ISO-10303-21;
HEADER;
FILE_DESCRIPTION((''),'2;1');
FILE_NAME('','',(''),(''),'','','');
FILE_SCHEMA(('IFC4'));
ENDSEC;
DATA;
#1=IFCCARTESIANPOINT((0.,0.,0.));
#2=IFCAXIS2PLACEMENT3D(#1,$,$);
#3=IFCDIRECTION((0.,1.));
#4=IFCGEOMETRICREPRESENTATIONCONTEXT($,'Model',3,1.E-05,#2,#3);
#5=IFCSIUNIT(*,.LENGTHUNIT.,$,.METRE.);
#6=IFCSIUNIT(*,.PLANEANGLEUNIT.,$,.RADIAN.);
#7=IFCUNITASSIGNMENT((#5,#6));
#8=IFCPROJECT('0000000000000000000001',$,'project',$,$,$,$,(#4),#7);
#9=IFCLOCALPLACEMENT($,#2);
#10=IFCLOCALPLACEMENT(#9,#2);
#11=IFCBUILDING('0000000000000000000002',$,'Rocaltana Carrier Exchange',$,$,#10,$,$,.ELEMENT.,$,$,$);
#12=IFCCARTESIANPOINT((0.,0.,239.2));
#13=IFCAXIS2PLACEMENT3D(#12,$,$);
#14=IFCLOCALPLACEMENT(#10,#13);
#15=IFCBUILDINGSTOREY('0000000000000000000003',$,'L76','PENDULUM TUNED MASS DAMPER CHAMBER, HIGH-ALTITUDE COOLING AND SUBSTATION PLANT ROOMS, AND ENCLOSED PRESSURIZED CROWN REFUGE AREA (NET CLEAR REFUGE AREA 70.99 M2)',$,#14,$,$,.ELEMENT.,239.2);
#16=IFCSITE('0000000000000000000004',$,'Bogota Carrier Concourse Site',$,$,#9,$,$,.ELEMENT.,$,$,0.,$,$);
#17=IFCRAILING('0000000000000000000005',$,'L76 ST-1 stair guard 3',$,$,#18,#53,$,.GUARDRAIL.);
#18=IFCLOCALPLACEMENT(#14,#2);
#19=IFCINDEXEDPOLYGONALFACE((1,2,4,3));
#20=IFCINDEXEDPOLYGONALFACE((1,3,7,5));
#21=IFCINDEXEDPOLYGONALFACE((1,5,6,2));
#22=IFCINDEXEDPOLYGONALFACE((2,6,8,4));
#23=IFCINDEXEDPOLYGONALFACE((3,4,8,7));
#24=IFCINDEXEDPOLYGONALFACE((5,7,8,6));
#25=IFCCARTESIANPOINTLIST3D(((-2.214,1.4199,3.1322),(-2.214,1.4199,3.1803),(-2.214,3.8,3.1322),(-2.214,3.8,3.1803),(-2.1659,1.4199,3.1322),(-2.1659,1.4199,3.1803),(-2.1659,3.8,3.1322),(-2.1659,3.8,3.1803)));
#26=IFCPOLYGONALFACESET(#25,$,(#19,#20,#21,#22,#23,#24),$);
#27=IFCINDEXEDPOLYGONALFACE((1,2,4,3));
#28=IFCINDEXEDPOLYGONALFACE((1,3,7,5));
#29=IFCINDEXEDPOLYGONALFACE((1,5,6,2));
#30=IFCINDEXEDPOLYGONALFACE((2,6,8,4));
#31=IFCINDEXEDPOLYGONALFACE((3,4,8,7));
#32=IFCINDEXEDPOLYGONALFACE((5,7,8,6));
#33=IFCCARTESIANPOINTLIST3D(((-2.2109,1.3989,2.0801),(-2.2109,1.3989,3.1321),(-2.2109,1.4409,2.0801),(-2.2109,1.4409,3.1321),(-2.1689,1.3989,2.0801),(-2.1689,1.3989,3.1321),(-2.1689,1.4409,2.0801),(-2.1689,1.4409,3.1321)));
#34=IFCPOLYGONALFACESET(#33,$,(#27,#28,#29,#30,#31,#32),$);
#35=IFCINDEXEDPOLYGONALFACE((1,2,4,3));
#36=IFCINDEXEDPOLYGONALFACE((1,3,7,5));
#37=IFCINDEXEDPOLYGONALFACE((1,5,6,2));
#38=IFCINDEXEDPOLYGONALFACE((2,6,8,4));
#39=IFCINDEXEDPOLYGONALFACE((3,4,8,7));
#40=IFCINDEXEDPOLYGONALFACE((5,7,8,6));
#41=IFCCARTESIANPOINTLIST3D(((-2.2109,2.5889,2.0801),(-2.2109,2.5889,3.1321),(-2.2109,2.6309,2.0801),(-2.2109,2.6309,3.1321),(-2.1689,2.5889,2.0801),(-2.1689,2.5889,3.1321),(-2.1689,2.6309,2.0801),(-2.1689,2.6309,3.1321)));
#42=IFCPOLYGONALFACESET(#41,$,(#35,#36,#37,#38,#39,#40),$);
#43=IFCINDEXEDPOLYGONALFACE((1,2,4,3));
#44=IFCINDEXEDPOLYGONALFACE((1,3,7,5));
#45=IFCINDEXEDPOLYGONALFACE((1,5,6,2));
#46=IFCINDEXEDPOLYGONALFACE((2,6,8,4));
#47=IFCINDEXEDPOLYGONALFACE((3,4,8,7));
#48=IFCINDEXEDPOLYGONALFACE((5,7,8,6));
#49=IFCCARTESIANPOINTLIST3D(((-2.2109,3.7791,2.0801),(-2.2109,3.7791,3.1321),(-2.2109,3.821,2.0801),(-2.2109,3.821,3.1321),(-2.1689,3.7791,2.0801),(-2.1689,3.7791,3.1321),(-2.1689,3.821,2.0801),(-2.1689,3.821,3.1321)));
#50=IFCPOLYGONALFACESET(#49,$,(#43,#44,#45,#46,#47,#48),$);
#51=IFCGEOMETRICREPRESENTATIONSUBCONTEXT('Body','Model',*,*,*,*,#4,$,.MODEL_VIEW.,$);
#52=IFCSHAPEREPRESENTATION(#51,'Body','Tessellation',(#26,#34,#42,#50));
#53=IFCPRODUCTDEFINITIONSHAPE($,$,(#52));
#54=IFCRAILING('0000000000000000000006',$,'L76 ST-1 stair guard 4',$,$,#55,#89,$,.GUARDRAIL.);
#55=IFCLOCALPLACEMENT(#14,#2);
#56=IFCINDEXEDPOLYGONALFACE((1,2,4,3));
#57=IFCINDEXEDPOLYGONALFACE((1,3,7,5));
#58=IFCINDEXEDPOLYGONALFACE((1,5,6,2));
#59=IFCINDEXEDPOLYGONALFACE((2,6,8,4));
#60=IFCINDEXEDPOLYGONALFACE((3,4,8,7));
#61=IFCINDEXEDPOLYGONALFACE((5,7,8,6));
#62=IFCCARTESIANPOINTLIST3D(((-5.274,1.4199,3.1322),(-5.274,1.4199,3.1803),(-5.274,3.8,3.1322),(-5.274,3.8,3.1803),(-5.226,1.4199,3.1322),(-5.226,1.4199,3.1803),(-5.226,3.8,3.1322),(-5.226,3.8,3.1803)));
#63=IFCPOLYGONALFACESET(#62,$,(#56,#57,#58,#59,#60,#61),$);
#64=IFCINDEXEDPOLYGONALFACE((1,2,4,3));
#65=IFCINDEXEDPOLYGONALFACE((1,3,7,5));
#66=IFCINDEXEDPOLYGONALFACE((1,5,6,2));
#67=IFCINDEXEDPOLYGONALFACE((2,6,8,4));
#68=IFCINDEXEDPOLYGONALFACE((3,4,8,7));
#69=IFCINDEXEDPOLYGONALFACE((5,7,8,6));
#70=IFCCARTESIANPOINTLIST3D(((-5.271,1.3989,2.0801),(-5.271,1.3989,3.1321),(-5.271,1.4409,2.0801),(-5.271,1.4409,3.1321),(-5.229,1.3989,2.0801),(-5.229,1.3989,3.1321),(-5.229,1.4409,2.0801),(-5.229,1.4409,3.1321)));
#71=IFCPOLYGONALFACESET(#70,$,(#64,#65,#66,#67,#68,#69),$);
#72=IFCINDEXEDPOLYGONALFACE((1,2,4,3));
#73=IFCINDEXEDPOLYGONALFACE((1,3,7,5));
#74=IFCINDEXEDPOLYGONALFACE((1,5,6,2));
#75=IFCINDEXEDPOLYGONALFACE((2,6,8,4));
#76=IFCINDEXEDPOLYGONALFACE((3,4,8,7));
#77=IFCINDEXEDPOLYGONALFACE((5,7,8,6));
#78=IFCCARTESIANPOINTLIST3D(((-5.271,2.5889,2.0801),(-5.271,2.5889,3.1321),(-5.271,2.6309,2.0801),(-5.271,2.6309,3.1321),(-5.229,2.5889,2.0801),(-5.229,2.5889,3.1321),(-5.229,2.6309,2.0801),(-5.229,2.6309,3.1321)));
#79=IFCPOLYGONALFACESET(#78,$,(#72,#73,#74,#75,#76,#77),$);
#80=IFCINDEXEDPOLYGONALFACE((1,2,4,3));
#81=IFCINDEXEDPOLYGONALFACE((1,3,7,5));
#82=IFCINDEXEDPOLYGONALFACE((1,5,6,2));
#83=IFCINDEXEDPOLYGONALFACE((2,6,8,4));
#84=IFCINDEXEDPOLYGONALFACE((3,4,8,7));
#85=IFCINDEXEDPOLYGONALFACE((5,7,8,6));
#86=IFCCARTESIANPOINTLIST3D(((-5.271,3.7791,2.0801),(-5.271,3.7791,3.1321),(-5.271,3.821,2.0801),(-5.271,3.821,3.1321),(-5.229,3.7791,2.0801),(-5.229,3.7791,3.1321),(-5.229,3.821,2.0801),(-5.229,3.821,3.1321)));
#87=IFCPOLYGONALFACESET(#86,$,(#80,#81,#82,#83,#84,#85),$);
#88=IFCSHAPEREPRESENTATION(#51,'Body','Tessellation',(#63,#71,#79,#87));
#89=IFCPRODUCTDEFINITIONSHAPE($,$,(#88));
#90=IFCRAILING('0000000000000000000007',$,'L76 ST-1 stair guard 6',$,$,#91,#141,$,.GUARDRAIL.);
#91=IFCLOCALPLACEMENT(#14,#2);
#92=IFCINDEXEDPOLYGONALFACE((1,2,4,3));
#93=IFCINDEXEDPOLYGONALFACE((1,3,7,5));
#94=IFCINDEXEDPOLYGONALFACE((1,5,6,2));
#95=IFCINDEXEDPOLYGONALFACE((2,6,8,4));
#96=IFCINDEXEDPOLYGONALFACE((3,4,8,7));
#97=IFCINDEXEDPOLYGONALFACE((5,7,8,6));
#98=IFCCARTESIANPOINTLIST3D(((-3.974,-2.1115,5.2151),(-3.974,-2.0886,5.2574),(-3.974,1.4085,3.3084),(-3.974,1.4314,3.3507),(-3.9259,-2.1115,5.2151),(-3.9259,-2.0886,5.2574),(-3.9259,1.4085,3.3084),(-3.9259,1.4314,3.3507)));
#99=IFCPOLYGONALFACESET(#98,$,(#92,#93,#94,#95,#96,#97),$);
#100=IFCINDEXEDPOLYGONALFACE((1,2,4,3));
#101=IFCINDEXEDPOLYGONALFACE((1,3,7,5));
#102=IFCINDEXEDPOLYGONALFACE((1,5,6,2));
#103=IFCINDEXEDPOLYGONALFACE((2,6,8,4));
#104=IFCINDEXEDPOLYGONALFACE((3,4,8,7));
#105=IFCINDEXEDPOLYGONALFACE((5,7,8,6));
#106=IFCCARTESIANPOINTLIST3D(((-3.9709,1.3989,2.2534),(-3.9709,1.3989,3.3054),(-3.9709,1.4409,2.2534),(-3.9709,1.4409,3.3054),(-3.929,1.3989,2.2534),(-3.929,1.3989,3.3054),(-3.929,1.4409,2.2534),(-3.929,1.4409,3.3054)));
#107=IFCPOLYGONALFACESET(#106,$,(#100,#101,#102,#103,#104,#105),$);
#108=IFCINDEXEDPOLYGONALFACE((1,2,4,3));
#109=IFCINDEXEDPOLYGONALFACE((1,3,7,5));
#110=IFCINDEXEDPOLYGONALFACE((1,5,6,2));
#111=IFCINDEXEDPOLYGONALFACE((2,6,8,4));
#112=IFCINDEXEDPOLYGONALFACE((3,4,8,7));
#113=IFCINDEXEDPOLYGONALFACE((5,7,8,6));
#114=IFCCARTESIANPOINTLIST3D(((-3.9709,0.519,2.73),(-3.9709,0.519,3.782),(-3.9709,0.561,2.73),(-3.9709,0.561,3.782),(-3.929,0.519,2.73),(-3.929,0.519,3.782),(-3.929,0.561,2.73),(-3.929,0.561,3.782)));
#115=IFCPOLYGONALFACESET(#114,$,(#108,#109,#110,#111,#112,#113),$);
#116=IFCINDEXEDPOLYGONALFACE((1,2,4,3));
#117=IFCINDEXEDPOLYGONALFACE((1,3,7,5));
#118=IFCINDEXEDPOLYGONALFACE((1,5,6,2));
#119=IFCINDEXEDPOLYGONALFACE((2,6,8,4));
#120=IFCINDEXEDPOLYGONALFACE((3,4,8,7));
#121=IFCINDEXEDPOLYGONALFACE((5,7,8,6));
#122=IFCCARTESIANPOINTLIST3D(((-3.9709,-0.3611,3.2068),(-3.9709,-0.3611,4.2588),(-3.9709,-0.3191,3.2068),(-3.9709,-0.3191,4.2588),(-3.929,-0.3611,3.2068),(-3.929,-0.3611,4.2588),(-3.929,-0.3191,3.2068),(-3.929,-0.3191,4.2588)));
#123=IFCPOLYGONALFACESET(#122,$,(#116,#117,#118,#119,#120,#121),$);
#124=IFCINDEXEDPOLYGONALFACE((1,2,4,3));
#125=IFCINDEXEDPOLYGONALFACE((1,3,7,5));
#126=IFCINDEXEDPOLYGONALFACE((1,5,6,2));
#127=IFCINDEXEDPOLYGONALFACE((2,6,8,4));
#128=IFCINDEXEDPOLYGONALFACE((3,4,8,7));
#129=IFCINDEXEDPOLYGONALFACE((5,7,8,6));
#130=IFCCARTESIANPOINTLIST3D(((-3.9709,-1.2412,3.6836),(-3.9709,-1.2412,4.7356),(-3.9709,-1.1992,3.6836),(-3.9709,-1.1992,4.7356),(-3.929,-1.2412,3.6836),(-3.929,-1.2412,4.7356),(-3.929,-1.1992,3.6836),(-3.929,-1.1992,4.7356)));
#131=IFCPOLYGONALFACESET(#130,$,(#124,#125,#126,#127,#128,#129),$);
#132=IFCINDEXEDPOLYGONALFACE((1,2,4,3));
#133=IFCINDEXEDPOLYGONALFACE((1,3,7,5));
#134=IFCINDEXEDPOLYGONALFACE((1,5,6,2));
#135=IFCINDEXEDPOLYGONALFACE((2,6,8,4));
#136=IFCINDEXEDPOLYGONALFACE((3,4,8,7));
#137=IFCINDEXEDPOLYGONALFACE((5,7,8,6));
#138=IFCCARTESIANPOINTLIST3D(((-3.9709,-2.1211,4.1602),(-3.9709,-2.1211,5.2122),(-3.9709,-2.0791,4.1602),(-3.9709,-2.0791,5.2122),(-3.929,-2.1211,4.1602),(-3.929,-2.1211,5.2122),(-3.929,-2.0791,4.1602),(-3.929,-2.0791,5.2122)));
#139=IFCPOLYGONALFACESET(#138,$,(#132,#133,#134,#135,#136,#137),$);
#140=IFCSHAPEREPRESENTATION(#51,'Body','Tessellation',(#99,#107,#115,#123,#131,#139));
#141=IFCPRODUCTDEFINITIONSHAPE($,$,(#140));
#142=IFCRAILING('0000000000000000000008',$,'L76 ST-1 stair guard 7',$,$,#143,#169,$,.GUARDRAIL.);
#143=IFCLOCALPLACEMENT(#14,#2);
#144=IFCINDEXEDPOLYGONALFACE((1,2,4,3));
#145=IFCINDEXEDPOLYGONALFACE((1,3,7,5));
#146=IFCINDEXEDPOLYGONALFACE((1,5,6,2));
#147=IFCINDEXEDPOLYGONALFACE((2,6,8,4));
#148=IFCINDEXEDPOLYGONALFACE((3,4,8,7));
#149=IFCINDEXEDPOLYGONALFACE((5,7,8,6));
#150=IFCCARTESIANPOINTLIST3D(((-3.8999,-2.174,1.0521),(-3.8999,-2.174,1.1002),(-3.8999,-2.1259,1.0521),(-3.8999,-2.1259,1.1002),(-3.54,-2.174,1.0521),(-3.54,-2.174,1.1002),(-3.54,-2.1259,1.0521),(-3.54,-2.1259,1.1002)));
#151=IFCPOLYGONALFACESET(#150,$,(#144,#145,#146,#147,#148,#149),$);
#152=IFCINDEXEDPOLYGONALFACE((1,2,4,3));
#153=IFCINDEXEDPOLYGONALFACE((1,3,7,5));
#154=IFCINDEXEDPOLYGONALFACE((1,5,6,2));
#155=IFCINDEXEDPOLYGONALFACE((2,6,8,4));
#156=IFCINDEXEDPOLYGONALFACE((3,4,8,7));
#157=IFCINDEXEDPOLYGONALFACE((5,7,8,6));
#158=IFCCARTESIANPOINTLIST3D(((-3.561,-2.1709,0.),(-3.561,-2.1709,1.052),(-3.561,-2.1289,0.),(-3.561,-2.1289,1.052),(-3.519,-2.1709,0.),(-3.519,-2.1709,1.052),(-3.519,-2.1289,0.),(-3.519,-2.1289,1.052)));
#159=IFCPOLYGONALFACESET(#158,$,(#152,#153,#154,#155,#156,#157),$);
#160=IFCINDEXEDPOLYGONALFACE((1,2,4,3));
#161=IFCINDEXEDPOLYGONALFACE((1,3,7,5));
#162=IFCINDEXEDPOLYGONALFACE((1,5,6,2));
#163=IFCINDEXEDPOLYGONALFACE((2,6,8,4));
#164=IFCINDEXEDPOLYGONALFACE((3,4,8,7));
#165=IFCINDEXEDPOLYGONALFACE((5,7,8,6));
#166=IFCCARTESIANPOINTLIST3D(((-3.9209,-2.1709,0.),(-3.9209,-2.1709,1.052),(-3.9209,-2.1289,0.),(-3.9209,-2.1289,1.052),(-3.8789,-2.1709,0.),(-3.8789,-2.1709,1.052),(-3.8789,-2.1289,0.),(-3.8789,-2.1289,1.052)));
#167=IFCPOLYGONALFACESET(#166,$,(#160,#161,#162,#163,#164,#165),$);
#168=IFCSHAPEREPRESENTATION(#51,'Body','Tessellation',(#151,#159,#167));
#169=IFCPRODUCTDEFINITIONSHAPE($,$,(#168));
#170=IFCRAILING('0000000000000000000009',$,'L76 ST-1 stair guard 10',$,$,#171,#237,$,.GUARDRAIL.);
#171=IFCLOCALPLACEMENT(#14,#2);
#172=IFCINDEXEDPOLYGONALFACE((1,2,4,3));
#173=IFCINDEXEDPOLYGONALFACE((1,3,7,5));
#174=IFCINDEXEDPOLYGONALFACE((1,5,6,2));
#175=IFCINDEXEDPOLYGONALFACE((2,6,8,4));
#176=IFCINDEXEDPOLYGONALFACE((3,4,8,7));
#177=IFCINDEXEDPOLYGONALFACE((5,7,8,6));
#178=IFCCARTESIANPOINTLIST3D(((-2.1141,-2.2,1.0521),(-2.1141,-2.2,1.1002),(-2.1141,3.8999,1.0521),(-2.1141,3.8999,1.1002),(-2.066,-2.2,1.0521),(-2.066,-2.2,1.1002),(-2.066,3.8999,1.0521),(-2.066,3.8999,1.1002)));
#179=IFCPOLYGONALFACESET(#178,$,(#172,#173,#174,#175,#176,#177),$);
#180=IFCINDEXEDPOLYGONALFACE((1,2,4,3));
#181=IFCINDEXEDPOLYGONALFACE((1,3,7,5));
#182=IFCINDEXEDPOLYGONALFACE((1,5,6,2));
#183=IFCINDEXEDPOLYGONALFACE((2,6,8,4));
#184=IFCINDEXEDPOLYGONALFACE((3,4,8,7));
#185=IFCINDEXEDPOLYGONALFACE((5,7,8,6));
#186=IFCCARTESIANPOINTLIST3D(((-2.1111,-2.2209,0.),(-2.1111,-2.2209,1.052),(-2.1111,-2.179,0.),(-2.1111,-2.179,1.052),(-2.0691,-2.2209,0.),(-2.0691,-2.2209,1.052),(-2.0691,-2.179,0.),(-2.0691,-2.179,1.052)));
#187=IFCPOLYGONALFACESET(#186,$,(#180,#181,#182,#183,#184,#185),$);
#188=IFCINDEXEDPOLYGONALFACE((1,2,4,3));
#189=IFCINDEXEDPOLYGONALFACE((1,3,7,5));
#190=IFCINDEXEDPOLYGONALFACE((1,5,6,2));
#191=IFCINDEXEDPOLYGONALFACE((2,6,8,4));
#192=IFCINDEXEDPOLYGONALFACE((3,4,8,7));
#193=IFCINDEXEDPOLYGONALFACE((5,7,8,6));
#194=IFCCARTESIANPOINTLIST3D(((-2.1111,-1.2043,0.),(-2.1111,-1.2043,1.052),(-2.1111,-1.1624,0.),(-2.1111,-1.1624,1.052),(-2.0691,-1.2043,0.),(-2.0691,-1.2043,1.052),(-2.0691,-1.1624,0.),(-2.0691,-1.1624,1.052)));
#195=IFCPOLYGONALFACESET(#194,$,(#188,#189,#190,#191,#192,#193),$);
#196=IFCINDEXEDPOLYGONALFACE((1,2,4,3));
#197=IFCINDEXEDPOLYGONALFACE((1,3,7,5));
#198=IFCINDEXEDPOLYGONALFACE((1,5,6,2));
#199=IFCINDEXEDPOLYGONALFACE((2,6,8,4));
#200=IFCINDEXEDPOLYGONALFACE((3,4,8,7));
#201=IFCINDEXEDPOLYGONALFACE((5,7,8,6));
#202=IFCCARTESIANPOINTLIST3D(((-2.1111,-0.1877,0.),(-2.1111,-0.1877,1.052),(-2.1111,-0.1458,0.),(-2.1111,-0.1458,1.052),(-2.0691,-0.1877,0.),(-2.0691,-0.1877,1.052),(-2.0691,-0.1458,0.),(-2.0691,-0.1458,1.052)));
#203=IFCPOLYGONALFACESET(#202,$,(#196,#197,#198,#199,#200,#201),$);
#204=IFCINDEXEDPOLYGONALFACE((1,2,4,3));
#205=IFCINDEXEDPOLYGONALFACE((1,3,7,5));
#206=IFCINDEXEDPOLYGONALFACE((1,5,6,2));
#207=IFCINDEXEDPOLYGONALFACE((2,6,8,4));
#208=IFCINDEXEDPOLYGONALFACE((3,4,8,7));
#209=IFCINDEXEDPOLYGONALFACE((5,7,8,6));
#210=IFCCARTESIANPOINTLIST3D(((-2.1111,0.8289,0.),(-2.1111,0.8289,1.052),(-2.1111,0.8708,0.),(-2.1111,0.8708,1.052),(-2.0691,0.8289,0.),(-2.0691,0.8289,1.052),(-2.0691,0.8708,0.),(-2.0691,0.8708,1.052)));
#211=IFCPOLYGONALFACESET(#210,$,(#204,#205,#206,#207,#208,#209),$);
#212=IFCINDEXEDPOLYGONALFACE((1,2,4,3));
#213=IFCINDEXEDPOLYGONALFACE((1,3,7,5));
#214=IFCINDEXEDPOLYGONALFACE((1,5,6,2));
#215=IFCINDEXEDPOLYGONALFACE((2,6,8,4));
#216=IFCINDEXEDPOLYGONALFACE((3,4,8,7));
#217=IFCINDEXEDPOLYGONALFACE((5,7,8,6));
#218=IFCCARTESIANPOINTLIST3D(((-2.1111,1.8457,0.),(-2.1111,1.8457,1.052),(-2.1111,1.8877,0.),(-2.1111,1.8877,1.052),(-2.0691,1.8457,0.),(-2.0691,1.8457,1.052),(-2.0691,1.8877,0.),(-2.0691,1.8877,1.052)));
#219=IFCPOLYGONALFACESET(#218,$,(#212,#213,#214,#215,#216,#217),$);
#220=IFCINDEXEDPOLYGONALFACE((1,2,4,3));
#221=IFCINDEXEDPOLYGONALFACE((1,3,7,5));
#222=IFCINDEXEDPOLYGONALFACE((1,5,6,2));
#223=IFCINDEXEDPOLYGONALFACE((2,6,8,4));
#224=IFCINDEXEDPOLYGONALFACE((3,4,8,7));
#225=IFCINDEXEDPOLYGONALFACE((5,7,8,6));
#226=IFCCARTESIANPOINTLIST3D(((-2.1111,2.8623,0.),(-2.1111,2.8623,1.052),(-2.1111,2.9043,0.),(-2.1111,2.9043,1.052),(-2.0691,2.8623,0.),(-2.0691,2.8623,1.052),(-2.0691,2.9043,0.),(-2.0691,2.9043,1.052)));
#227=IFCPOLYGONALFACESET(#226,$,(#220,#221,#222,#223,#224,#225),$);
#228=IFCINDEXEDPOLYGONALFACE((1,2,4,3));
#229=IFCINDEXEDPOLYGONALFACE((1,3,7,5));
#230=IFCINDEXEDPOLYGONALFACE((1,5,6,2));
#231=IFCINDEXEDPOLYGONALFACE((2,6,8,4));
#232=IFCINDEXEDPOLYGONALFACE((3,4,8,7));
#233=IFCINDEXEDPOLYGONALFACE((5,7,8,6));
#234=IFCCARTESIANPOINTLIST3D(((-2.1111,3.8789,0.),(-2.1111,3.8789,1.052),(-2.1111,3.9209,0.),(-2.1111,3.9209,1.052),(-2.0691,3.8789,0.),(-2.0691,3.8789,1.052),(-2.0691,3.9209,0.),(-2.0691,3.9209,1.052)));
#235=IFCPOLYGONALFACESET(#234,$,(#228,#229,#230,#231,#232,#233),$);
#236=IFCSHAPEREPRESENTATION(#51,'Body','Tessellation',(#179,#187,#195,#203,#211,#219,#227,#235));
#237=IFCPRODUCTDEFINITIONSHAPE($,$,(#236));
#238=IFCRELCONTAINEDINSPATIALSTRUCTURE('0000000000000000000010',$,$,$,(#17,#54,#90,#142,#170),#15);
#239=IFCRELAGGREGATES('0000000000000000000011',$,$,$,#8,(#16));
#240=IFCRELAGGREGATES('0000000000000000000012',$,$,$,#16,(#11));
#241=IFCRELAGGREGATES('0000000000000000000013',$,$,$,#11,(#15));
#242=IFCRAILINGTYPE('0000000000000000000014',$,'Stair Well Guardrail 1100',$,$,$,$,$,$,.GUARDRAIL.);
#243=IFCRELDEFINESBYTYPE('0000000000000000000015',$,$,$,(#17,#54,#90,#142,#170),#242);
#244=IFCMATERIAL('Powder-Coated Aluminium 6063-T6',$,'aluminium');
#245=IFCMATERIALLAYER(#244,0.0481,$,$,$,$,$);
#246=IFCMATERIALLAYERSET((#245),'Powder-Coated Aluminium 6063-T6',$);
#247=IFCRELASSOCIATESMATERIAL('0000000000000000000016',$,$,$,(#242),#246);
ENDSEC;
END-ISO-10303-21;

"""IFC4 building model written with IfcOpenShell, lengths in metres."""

from ifc_helpers import new_model, si_unit, direction, frame, origin, origin_2d, place, context, subcontext, project, spatial, rectangle, extrude, material, layer, layer_set, type_object, element, save


model = new_model("IFC4")

# Units and contexts
model_context = context("Model", 3, precision=1e-05, world=origin(), true_north=direction((0.0, 1.0)))
body_context = subcontext(model_context, "Body", "Model", "MODEL_VIEW")
ifc_project = project(units=[si_unit("LENGTHUNIT", "METRE"), si_unit("PLANEANGLEUNIT", "RADIAN")], contexts=[model_context])

# Site, building, storey
site_placement = place(None, origin())
site = spatial("IfcSite", under=ifc_project, at=site_placement, Name="Bogota Carrier Concourse Site", CompositionType="ELEMENT", RefElevation=0.0)
building_placement = place(site_placement, origin())
building = spatial("IfcBuilding", under=site, at=building_placement, Name="Rocaltana Carrier Exchange", CompositionType="ELEMENT")
storey_placement = place(building_placement, frame((0.0, 0.0, 239.2)))
storey = spatial("IfcBuildingStorey", under=building, at=storey_placement, Name="L76", Description="PENDULUM TUNED MASS DAMPER CHAMBER, HIGH-ALTITUDE COOLING AND SUBSTATION PLANT ROOMS, AND ENCLOSED PRESSURIZED CROWN REFUGE AREA (NET CLEAR REFUGE AREA 70.99 M2)", CompositionType="ELEMENT", Elevation=239.2)

# Railings
ifc_material_1 = material(Name="Powder-Coated Aluminium 6063-T6", Category="aluminium")
ifc_layer_1 = layer(ifc_material_1, 0.0481)
ifc_layer_set_1 = layer_set([ifc_layer_1], Name="Powder-Coated Aluminium 6063-T6")
railing_type_1 = type_object("IfcRailingType", Name="Stair Well Guardrail 1100", PredefinedType="GUARDRAIL", material=ifc_layer_set_1)
for number, where, name in (
    (1, (-2.1899, 1.4199, 2.0801), "L76 ST-1 stair guard 3"),
    (2, (-5.25, 1.4199, 2.0801), "L76 ST-1 stair guard 4"),
):
    element("IfcRailing", number, at=place(storey_placement, frame(where)), inside=storey, type_object=railing_type_1, Name=name, PredefinedType="GUARDRAIL", context=body_context, shape_type="SweptSolid", body=[
        extrude(rectangle(XDim=0.0481, YDim=0.0481, at=origin_2d()), frame((0.0, 0.0, 1.0762), z_axis=(0.0, 1.0, 0.0), x_axis=(-1.0, 0.0, 0.0)), (0.0, 0.0, 1.0), 2.3801),
        extrude(rectangle(XDim=0.042, YDim=0.042, at=origin_2d()), origin(), (0.0, 0.0, 1.0), 1.052),
        extrude(rectangle(XDim=0.042, YDim=0.042, at=origin_2d()), frame((0.0, 1.1899, 0.0)), (0.0, 0.0, 1.0), 1.052),
        extrude(rectangle(XDim=0.042, YDim=0.042, at=origin_2d()), frame((0.0, 2.3801, 0.0)), (0.0, 0.0, 1.0), 1.052),
    ])
railing_1_placement = place(storey_placement, frame((-3.95, 1.4199, 2.2534)))
element("IfcRailing", 3, at=railing_1_placement, inside=storey, type_object=railing_type_1, Name="L76 ST-1 stair guard 6", PredefinedType="GUARDRAIL", context=body_context, shape_type="SweptSolid", body=[
    extrude(rectangle(XDim=0.0481, YDim=0.0481, at=origin_2d()), frame((0.0, 0.0, 1.0762), z_axis=(0.0, -0.879286, 0.476295), x_axis=(1.0, 0.0, 0.0)), (0.0, 0.0, 1.0), 4.0032),
    extrude(rectangle(XDim=0.042, YDim=0.042, at=origin_2d()), origin(), (0.0, 0.0, 1.0), 1.052),
    extrude(rectangle(XDim=0.042, YDim=0.042, at=origin_2d()), frame((0.0, -0.8799, 0.4766)), (0.0, 0.0, 1.0), 1.052),
    extrude(rectangle(XDim=0.042, YDim=0.042, at=origin_2d()), frame((0.0, -1.76, 0.9534)), (0.0, 0.0, 1.0), 1.052),
    extrude(rectangle(XDim=0.042, YDim=0.042, at=origin_2d()), frame((0.0, -2.6401, 1.4302)), (0.0, 0.0, 1.0), 1.052),
    extrude(rectangle(XDim=0.042, YDim=0.042, at=origin_2d()), frame((0.0, -3.52, 1.9067)), (0.0, 0.0, 1.0), 1.052),
])
railing_2_placement = place(storey_placement, frame((-3.54, -2.1499, 0.0)))
element("IfcRailing", 4, at=railing_2_placement, inside=storey, type_object=railing_type_1, Name="L76 ST-1 stair guard 7", PredefinedType="GUARDRAIL", context=body_context, shape_type="SweptSolid", body=[
    extrude(rectangle(XDim=0.0481, YDim=0.0481, at=origin_2d()), frame((0.0, 0.0, 1.0762), z_axis=(-1.0, 0.0, 0.0), x_axis=(0.0, -1.0, 0.0)), (0.0, 0.0, 1.0), 0.3599),
    extrude(rectangle(XDim=0.042, YDim=0.042, at=origin_2d()), origin(), (0.0, 0.0, 1.0), 1.052),
    extrude(rectangle(XDim=0.042, YDim=0.042, at=origin_2d()), frame((-0.3599, 0.0, 0.0)), (0.0, 0.0, 1.0), 1.052),
])
for number, where, name in (
    (5, (-2.0901, -2.2, 0.0), "L76 ST-1 stair guard 10"),
):
    element("IfcRailing", number, at=place(storey_placement, frame(where)), inside=storey, type_object=railing_type_1, Name=name, PredefinedType="GUARDRAIL", context=body_context, shape_type="SweptSolid", body=[
        extrude(rectangle(XDim=0.0481, YDim=0.0481, at=origin_2d()), frame((0.0, 0.0, 1.0762), z_axis=(0.0, 1.0, 0.0), x_axis=(-1.0, 0.0, 0.0)), (0.0, 0.0, 1.0), 6.0999),
        extrude(rectangle(XDim=0.042, YDim=0.042, at=origin_2d()), origin(), (0.0, 0.0, 1.0), 1.052),
        extrude(rectangle(XDim=0.042, YDim=0.042, at=origin_2d()), frame((0.0, 1.0166, 0.0)), (0.0, 0.0, 1.0), 1.052),
        extrude(rectangle(XDim=0.042, YDim=0.042, at=origin_2d()), frame((0.0, 2.0332, 0.0)), (0.0, 0.0, 1.0), 1.052),
        extrude(rectangle(XDim=0.042, YDim=0.042, at=origin_2d()), frame((0.0, 3.0498, 0.0)), (0.0, 0.0, 1.0), 1.052),
        extrude(rectangle(XDim=0.042, YDim=0.042, at=origin_2d()), frame((0.0, 4.0667, 0.0)), (0.0, 0.0, 1.0), 1.052),
        extrude(rectangle(XDim=0.042, YDim=0.042, at=origin_2d()), frame((0.0, 5.0833, 0.0)), (0.0, 0.0, 1.0), 1.052),
        extrude(rectangle(XDim=0.042, YDim=0.042, at=origin_2d()), frame((0.0, 6.0999, 0.0)), (0.0, 0.0, 1.0), 1.052),
    ])

save(model, "model.ifc")
